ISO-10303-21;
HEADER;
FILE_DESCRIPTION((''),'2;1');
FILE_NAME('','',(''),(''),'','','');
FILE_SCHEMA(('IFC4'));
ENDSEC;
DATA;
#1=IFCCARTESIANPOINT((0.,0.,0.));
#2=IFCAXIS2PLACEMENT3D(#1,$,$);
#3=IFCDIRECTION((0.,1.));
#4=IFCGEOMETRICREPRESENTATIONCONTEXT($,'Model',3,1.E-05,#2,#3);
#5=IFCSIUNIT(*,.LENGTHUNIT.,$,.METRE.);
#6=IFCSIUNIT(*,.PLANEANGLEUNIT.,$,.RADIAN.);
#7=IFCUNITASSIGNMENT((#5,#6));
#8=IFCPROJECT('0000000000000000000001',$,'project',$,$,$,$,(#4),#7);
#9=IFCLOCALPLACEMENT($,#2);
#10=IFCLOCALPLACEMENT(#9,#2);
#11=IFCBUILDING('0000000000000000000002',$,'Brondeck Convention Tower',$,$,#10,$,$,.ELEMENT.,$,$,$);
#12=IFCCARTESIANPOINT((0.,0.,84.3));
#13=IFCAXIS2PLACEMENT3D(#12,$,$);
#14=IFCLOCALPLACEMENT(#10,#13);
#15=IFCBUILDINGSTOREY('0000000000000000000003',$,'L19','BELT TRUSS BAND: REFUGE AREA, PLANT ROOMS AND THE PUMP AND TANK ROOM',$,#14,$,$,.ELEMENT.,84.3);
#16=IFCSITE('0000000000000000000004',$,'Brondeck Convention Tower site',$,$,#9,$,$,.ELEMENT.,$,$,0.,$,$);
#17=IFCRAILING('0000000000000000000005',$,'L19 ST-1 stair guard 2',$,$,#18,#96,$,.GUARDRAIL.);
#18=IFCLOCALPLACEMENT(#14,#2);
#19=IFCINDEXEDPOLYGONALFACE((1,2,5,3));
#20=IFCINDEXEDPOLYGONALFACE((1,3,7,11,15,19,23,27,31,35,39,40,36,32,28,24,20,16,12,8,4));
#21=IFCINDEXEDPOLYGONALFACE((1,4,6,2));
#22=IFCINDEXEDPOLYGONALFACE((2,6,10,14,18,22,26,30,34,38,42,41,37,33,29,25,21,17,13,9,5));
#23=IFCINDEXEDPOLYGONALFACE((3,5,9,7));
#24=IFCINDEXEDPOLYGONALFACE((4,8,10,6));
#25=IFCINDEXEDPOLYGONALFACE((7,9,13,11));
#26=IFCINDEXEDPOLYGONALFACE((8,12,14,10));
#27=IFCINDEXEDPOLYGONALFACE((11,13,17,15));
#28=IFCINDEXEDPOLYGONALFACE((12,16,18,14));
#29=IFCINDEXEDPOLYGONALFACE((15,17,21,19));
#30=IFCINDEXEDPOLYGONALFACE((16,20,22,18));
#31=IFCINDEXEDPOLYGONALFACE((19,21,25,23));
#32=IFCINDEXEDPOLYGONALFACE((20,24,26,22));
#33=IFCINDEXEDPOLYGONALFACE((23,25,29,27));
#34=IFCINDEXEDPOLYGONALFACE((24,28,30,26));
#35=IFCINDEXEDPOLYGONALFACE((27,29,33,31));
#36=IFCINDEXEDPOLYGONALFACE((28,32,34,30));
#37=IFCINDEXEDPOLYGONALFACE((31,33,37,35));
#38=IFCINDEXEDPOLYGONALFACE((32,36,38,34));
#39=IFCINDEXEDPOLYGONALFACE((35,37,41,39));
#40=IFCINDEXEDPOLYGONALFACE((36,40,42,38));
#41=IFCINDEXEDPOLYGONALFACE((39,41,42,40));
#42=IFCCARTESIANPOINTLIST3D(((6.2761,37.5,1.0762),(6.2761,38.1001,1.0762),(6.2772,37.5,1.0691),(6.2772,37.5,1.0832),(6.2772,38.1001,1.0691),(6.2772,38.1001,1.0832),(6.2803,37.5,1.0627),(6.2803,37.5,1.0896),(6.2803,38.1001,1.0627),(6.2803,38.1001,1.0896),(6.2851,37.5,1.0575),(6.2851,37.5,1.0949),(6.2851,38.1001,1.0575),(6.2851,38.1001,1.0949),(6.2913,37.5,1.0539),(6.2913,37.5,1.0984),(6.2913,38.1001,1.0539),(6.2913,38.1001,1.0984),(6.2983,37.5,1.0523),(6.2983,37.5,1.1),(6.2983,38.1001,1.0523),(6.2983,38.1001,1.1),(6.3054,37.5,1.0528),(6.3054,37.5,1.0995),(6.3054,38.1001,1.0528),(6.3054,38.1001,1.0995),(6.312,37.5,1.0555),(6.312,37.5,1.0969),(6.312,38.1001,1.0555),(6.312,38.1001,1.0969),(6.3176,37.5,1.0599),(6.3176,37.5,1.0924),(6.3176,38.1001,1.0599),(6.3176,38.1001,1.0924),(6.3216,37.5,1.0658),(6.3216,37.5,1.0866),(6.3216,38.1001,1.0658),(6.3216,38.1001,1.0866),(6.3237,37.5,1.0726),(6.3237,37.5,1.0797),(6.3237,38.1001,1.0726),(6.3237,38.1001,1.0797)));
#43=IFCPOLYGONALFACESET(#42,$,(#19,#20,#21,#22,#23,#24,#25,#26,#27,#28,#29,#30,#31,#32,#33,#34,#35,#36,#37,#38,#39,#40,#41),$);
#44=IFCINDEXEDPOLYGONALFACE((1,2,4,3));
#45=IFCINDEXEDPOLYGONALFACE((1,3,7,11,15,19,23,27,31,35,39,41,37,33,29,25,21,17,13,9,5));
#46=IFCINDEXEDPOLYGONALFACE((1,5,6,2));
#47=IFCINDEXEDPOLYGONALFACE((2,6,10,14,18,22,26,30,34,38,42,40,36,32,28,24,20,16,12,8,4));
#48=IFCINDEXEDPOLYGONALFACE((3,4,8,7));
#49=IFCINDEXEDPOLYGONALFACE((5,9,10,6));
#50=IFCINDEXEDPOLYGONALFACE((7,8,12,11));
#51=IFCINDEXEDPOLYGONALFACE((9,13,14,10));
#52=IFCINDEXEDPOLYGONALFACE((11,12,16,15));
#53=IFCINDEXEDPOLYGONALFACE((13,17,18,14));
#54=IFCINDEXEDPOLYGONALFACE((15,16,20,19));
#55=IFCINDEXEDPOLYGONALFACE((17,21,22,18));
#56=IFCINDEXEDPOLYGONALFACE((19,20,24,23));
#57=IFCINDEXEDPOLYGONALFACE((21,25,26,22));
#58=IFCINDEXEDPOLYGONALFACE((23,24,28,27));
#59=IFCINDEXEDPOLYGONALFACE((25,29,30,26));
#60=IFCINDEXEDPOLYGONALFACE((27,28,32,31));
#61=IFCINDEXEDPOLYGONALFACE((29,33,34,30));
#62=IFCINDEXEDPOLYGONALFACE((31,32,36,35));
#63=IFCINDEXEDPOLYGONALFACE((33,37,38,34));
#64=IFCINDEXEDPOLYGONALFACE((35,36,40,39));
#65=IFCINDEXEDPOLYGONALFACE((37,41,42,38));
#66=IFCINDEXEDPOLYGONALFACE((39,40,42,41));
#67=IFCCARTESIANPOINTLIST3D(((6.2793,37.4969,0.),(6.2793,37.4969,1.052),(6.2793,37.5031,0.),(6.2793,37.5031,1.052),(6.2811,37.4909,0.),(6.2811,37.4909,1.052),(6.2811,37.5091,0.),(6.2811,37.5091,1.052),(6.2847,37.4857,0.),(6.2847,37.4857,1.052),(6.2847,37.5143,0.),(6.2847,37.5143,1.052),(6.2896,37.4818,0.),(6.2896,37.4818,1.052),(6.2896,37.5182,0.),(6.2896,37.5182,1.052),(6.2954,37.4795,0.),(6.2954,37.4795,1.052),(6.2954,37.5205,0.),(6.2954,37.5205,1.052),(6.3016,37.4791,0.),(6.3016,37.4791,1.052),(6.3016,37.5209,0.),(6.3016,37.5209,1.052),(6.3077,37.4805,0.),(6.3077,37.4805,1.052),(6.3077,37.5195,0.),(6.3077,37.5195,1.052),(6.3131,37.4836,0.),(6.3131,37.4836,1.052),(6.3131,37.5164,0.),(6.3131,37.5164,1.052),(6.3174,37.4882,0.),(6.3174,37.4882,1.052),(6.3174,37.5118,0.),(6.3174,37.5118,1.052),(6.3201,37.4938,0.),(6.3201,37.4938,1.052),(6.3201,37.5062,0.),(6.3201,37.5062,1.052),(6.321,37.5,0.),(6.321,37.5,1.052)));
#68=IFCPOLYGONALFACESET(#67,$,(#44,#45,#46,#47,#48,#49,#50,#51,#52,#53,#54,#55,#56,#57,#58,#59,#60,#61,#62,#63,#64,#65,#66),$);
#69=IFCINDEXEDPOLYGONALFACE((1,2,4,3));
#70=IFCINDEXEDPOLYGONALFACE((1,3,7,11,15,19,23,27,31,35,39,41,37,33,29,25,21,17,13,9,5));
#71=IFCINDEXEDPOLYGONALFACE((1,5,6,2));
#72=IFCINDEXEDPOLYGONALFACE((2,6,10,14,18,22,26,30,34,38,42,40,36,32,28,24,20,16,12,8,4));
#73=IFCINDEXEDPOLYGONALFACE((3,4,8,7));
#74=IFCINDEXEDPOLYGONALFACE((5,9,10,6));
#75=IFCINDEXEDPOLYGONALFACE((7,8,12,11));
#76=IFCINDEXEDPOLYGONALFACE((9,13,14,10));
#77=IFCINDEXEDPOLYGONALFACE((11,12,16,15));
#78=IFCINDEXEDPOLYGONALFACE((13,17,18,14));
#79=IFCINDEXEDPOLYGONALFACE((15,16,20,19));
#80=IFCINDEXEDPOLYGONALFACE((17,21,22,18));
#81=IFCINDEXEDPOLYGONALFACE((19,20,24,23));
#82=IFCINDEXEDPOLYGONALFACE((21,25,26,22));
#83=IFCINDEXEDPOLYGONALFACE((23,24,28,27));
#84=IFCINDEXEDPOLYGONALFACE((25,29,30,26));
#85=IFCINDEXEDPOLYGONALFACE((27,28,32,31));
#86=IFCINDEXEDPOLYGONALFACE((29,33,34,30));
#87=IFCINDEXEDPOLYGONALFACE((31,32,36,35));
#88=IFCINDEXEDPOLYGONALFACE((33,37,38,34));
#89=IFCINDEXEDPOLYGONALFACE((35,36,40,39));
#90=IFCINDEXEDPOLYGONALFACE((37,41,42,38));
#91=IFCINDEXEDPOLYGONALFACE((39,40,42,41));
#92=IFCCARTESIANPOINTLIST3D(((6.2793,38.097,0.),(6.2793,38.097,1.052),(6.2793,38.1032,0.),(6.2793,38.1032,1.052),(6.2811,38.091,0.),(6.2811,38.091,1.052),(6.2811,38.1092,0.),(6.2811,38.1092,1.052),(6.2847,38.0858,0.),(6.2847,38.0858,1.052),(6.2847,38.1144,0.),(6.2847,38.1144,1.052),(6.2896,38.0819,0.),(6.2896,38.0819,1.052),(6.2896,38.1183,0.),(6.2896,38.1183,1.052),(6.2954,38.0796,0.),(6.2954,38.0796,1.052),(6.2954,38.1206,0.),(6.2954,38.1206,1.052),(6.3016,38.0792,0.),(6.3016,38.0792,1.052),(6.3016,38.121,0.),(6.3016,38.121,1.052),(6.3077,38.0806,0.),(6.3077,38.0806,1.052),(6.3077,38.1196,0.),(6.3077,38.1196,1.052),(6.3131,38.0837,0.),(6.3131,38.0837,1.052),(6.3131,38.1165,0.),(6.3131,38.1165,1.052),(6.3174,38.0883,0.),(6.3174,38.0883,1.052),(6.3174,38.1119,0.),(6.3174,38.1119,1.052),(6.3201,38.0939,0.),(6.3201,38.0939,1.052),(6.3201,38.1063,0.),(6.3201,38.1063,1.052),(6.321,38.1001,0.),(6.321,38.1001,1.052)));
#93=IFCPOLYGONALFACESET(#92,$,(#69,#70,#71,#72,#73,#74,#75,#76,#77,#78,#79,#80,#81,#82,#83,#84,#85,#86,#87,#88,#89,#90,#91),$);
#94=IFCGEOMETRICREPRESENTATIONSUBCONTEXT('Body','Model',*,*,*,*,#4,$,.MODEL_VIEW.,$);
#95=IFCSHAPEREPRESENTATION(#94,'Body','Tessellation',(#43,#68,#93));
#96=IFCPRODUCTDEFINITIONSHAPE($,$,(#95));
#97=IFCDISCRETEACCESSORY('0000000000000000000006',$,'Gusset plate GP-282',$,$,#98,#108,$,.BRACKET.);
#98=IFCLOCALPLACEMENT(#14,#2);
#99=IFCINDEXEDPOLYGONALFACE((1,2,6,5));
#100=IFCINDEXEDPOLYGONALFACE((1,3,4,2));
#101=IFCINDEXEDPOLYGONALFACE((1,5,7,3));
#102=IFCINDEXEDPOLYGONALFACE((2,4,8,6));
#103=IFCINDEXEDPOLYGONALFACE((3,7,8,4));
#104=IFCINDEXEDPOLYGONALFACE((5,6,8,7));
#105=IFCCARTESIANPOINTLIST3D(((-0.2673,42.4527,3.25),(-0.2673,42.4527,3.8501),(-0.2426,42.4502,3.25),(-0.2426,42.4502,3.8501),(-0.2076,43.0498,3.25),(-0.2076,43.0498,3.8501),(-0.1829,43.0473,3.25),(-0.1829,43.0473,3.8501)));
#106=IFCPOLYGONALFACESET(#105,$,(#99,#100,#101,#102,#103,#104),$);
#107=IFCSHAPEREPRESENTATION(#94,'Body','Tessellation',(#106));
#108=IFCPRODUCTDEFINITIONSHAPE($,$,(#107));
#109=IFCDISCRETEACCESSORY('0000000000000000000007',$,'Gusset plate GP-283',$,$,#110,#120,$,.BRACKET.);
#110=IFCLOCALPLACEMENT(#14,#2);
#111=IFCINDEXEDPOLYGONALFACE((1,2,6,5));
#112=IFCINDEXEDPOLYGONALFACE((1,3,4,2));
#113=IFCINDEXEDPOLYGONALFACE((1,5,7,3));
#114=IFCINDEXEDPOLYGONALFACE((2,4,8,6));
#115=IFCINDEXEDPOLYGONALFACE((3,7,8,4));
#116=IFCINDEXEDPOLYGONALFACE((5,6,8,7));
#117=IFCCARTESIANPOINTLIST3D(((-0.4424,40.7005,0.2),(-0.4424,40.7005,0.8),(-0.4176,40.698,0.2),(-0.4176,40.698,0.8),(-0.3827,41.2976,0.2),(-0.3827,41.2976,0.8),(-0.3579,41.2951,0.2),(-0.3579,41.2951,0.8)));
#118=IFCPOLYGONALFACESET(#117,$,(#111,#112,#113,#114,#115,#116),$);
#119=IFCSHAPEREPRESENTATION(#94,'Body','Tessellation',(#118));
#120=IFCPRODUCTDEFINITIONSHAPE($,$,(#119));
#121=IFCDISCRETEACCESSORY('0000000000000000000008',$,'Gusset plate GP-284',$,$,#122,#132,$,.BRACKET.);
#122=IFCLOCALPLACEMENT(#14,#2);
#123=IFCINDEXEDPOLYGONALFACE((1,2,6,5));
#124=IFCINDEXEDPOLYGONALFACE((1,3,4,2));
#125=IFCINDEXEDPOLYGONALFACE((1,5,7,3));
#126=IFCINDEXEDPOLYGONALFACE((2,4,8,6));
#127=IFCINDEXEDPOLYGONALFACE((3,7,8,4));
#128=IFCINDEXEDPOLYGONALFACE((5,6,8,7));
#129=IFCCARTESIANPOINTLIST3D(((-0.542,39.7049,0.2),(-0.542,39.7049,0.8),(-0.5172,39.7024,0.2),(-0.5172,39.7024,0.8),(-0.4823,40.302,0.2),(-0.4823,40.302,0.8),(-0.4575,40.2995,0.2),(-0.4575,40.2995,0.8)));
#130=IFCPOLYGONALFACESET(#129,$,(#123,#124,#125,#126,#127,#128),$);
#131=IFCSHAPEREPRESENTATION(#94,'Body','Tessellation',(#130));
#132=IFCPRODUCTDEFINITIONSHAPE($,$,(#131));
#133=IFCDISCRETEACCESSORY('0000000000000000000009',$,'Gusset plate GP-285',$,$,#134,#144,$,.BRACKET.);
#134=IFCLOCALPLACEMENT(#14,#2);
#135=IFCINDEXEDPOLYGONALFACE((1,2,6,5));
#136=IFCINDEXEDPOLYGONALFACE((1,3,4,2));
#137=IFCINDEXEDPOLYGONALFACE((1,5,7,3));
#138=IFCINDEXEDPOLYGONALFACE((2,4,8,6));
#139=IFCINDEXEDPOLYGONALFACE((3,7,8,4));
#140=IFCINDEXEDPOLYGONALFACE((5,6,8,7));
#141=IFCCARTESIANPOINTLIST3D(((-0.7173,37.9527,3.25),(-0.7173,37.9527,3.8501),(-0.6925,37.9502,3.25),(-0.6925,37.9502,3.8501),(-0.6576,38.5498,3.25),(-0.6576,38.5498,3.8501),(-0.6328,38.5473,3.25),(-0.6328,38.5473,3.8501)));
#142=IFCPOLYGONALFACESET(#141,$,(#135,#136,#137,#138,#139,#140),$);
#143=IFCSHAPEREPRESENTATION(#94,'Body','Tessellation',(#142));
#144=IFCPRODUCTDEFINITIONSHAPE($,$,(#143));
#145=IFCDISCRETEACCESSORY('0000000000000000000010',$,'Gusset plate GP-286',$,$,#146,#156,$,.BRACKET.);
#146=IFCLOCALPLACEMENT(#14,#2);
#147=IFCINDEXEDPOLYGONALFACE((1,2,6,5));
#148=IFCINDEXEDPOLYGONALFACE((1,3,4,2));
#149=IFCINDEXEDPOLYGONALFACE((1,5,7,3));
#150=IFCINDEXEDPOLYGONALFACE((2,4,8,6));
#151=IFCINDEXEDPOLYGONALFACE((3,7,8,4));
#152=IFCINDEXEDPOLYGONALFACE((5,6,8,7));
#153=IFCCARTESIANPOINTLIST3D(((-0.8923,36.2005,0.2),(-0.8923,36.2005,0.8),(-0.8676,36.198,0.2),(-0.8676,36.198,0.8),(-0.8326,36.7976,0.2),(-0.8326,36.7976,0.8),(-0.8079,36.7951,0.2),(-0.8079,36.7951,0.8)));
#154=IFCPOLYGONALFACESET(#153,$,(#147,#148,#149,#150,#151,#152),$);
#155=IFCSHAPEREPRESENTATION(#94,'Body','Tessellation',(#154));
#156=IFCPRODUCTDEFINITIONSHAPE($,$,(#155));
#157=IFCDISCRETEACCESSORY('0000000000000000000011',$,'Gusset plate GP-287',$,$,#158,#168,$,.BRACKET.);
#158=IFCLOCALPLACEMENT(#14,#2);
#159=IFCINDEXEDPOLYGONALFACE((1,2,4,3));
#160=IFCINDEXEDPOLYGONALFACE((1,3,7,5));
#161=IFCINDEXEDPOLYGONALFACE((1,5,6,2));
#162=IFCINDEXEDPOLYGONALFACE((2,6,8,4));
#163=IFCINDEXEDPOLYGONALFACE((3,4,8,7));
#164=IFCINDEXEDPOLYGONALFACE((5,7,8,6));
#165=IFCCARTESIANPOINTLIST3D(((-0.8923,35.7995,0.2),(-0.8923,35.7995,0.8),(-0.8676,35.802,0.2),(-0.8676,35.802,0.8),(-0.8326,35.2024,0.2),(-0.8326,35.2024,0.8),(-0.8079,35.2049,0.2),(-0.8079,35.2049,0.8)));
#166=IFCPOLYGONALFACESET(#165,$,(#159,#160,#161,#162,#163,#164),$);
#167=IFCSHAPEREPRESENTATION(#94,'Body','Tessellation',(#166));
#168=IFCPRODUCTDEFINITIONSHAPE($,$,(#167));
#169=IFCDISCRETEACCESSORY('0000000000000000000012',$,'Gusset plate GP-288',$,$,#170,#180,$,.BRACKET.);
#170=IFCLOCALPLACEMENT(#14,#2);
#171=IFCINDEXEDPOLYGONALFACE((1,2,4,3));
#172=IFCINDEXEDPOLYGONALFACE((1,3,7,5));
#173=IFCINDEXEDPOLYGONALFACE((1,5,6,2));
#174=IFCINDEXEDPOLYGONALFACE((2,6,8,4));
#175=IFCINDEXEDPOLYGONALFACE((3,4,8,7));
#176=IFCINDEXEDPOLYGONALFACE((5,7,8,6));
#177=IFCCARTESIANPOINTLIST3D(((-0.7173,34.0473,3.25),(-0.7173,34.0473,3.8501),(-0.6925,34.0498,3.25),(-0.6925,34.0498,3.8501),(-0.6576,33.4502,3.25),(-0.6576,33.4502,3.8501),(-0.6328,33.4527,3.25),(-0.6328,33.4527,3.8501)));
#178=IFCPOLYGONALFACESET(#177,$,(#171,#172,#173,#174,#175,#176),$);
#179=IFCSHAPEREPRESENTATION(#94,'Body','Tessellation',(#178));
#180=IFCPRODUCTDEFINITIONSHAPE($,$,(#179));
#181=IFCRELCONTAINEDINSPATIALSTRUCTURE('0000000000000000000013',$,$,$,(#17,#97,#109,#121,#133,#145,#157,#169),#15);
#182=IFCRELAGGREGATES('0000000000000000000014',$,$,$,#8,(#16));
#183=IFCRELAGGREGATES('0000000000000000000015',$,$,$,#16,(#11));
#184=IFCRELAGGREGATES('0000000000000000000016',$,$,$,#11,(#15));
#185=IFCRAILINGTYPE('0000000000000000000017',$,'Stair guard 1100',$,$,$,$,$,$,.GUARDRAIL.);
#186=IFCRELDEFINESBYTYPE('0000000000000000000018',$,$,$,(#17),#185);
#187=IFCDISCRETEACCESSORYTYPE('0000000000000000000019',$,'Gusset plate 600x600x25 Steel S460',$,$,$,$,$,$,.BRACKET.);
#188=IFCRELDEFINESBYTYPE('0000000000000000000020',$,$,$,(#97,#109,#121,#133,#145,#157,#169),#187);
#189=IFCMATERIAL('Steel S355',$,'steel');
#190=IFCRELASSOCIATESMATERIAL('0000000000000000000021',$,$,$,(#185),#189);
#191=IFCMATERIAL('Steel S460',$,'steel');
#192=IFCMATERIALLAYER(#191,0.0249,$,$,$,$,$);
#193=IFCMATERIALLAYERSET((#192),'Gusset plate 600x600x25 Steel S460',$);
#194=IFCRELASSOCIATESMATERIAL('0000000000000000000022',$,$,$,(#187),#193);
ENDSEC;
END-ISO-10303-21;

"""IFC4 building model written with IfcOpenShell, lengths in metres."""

from ifc_helpers import new_model, si_unit, direction, frame, origin, origin_2d, place, context, subcontext, project, spatial, rectangle, circle, extrude, material, layer, layer_set, type_object, element, save


model = new_model("IFC4")

# Units and contexts
model_context = context("Model", 3, precision=1e-05, world=origin(), true_north=direction((0.0, 1.0)))
body_context = subcontext(model_context, "Body", "Model", "MODEL_VIEW")
ifc_project = project(units=[si_unit("LENGTHUNIT", "METRE"), si_unit("PLANEANGLEUNIT", "RADIAN")], contexts=[model_context])

# Site, building, storey
site_placement = place(None, origin())
site = spatial("IfcSite", under=ifc_project, at=site_placement, Name="Brondeck Convention Tower site", CompositionType="ELEMENT", RefElevation=0.0)
building_placement = place(site_placement, origin())
building = spatial("IfcBuilding", under=site, at=building_placement, Name="Brondeck Convention Tower", CompositionType="ELEMENT")
storey_placement = place(building_placement, frame((0.0, 0.0, 84.3)))
storey = spatial("IfcBuildingStorey", under=building, at=storey_placement, Name="L19", Description="BELT TRUSS BAND: REFUGE AREA, PLANT ROOMS AND THE PUMP AND TANK ROOM", CompositionType="ELEMENT", Elevation=84.3)

# Shared definitions
ifc_material_1 = material(Name="Steel S460", Category="steel")

# Railing
ifc_material_2 = material(Name="Steel S355", Category="steel")
railing_type_1 = type_object("IfcRailingType", Name="Stair guard 1100", PredefinedType="GUARDRAIL", material=ifc_material_2)
railing_1_placement = place(storey_placement, frame((6.3, 37.5, 0.0)))
element("IfcRailing", 1, at=railing_1_placement, inside=storey, type_object=railing_type_1, Name="L19 ST-1 stair guard 2", PredefinedType="GUARDRAIL", context=body_context, shape_type="SweptSolid", body=[
    extrude(circle(Radius=0.0239, at=origin_2d()), frame((0.0, 0.0, 1.0762), z_axis=(0.0, 1.0, 0.0), x_axis=(-1.0, 0.0, 0.0)), (0.0, 0.0, 1.0), 0.6001),
    extrude(circle(Radius=0.021, at=origin_2d()), origin(), (0.0, 0.0, 1.0), 1.052),
    extrude(circle(Radius=0.021, at=origin_2d()), frame((0.0, 0.6001, 0.0)), (0.0, 0.0, 1.0), 1.052),
])

# Discrete accessories
ifc_layer_1 = layer(ifc_material_1, 0.0249)
ifc_layer_set_1 = layer_set([ifc_layer_1], Name="Gusset plate 600x600x25 Steel S460")
discrete_accessory_type = type_object("IfcDiscreteAccessoryType", Name="Gusset plate 600x600x25 Steel S460", PredefinedType="BRACKET", material=ifc_layer_set_1)
for number, where, z_axis, x_axis, name in (
    (2, (-0.2251, 42.75, 3.25), (0.0, 0.0, 1.0), (0.099511, 0.995036, 0.0), "Gusset plate GP-282"),
    (3, (-0.4001, 40.9978, 0.2), (0.0, 0.0, 1.0), (0.099511, 0.995036, 0.0), "Gusset plate GP-283"),
    (4, (-0.4998, 40.0022, 0.2), (0.0, 0.0, 1.0), (0.099511, 0.995036, 0.0), "Gusset plate GP-284"),
    (5, (-0.675, 38.25, 3.25), (0.0, 0.0, 1.0), (0.099511, 0.995036, 0.0), "Gusset plate GP-285"),
    (6, (-0.8501, 36.4978, 0.2), (0.0, 0.0, 1.0), (0.099511, 0.995036, 0.0), "Gusset plate GP-286"),
    (7, (-0.8501, 35.5022, 0.2), (0.0, 0.0, 1.0), (-0.099511, 0.995036, 0.0), "Gusset plate GP-287"),
    (8, (-0.675, 33.75, 3.25), (0.0, 0.0, 1.0), (-0.099511, 0.995036, 0.0), "Gusset plate GP-288"),
):
    element("IfcDiscreteAccessory", number, at=place(storey_placement, frame(where, z_axis=z_axis, x_axis=x_axis)), inside=storey, type_object=discrete_accessory_type, Name=name, PredefinedType="BRACKET", context=body_context, shape_type="SweptSolid", body=[
        extrude(rectangle(XDim=0.6001, YDim=0.0249, at=origin_2d()), origin(), (0.0, 0.0, 1.0), 0.6001),
    ])

save(model, "model.ifc")
